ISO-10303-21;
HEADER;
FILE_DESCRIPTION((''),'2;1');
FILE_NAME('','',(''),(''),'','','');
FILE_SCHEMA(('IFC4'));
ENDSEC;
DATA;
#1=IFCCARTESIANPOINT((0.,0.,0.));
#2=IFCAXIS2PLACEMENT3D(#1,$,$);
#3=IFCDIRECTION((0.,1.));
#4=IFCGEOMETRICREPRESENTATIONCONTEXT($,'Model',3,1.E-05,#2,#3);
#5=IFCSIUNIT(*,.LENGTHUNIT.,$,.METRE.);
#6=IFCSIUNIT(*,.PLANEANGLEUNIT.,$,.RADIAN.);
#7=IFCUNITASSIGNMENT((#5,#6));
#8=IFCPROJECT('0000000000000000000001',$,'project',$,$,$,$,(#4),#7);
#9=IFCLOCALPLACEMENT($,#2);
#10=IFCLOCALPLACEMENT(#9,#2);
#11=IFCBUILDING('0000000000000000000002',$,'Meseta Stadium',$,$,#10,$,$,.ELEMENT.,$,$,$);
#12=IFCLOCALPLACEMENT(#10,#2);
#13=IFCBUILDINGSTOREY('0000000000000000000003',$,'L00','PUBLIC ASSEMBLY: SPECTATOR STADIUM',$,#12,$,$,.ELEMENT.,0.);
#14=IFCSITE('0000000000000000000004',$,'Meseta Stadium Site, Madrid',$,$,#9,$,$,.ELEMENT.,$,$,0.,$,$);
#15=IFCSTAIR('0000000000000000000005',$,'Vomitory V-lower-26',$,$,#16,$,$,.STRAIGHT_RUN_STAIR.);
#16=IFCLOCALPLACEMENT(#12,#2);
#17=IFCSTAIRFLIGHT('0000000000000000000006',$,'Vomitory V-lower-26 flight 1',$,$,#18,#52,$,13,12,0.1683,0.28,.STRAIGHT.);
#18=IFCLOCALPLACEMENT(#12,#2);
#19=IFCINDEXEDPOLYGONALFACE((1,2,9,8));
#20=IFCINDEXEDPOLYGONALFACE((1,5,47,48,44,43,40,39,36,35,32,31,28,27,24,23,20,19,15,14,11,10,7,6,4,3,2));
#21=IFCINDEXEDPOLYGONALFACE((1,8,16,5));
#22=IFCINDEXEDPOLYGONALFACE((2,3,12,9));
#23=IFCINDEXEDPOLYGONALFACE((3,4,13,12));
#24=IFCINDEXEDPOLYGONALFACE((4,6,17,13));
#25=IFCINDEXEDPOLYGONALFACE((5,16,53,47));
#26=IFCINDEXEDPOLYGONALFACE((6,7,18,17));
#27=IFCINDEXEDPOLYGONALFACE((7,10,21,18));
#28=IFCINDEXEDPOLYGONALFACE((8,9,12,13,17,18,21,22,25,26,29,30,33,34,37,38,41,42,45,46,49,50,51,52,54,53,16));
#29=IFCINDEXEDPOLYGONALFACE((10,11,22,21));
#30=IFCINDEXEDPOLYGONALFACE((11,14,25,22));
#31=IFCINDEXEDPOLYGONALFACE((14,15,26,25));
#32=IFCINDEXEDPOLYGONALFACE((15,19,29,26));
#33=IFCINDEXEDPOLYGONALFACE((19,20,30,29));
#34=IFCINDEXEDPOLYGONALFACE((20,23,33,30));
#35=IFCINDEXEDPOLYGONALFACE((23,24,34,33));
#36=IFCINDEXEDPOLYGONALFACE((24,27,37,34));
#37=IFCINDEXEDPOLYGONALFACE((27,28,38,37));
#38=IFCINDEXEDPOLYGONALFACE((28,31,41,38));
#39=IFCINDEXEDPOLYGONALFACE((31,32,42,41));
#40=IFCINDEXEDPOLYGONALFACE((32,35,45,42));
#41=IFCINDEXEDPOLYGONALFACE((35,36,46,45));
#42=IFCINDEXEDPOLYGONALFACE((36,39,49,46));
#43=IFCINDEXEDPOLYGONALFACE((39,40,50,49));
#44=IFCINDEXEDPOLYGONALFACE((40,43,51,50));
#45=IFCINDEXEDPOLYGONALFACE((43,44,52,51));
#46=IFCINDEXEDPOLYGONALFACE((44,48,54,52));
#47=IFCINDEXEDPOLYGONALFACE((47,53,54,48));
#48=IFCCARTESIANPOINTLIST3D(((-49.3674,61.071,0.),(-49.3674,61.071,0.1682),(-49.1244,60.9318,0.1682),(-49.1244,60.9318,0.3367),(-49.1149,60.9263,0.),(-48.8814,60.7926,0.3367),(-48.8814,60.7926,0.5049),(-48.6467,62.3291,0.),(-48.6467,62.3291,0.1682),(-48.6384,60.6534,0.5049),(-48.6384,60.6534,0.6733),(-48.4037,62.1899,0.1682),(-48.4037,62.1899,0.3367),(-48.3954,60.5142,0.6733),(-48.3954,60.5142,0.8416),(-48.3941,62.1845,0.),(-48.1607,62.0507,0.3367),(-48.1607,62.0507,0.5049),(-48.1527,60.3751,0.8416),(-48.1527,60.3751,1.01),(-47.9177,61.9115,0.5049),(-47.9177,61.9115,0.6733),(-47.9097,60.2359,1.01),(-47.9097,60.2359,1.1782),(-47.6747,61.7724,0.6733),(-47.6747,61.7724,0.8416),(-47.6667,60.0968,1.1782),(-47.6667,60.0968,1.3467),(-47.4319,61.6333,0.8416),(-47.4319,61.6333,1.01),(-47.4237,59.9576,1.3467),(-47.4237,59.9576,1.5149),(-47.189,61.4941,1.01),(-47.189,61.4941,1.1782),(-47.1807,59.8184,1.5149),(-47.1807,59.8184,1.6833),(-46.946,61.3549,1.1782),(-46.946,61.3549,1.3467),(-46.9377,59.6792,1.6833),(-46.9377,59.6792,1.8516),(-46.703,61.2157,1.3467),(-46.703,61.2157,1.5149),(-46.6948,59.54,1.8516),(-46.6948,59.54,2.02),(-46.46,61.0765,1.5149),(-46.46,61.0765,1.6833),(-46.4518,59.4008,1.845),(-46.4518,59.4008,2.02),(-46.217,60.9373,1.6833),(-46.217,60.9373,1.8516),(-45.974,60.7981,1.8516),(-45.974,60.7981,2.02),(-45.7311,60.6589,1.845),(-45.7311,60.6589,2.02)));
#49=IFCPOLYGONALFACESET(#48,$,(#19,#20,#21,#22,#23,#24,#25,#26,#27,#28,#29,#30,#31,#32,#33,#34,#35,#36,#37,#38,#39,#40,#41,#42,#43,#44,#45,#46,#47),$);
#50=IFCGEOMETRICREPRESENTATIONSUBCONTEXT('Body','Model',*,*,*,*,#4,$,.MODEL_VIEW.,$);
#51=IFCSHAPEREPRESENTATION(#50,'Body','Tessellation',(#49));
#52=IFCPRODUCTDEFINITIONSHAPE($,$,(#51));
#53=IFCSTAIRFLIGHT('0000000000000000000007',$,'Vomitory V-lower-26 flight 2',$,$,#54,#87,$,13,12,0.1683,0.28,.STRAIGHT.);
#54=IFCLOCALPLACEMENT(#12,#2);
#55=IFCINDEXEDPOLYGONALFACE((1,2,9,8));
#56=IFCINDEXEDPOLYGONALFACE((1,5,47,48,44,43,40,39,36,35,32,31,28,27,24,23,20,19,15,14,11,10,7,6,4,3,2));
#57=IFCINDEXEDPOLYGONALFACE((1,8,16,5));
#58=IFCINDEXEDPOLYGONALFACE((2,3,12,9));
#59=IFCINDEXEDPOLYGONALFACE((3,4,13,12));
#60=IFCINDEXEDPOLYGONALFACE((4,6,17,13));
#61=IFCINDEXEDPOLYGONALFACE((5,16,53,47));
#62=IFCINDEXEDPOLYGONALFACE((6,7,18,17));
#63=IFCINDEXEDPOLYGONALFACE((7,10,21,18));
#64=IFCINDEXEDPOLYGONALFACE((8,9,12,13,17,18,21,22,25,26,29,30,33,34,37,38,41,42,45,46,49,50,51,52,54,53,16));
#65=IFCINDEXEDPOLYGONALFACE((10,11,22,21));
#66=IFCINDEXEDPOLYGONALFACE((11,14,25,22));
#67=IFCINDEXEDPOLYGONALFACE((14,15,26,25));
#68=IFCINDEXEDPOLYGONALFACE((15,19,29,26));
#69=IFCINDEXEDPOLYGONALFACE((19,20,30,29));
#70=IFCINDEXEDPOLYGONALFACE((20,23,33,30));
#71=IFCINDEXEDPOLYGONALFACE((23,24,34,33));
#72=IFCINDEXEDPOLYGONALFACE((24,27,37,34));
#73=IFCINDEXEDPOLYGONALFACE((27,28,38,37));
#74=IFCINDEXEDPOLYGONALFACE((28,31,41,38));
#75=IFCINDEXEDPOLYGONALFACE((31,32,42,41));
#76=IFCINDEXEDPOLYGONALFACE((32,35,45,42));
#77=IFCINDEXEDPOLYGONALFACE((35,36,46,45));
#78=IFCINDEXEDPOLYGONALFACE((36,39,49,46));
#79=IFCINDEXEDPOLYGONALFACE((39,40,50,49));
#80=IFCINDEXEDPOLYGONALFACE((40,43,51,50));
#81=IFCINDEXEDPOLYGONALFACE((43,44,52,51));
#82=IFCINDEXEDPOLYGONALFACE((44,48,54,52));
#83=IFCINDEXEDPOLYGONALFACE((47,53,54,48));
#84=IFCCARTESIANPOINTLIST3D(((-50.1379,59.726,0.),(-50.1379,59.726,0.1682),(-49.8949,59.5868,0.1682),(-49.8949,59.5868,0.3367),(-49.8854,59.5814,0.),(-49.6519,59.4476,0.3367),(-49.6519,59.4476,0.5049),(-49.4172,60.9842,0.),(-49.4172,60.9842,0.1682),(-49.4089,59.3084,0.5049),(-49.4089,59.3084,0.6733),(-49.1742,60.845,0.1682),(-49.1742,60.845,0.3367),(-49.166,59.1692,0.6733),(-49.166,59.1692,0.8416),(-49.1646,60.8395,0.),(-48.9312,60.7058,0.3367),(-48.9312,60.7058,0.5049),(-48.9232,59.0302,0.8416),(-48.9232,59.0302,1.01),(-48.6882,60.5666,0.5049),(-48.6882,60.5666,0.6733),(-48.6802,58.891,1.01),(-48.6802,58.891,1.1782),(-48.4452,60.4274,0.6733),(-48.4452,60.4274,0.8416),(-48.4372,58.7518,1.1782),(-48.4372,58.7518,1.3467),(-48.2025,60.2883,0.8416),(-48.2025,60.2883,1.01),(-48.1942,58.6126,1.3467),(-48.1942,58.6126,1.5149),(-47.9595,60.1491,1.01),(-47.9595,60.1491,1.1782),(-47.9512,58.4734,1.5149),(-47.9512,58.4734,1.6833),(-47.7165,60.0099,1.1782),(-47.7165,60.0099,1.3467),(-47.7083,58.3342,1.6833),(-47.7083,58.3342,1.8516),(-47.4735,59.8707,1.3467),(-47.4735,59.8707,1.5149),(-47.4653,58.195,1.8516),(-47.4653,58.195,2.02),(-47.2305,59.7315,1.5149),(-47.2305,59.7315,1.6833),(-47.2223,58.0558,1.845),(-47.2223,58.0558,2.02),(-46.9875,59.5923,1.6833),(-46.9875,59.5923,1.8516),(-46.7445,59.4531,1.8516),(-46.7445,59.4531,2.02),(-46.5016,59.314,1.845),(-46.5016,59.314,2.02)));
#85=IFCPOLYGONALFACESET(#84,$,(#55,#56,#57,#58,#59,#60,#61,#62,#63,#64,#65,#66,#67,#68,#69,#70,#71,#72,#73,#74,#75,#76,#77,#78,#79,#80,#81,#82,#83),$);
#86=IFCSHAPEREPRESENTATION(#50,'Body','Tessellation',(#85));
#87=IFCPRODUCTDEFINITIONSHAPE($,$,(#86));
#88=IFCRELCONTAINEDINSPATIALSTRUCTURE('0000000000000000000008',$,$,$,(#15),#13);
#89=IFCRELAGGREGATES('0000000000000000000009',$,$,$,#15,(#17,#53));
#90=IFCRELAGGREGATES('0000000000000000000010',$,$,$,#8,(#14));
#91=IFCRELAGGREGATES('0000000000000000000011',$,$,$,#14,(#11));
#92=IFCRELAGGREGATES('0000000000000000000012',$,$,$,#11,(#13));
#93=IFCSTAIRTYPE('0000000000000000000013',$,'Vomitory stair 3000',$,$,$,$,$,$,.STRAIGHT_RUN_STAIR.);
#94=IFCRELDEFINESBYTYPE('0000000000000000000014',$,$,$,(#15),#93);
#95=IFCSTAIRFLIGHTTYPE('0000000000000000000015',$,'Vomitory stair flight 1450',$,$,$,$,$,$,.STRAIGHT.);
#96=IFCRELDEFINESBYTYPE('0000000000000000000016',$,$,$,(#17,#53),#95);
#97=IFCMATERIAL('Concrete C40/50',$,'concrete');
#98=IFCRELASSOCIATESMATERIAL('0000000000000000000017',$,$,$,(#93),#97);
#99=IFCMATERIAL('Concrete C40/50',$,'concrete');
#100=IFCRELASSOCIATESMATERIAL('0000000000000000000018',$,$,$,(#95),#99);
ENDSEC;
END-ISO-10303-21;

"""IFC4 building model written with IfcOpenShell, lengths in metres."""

from ifc_helpers import new_model, si_unit, direction, frame, origin, place, context, subcontext, project, spatial, polyline, outline, extrude, material, type_object, element, aggregate, save


model = new_model("IFC4")

# Units and contexts
model_context = context("Model", 3, precision=1e-05, world=origin(), true_north=direction((0.0, 1.0)))
body_context = subcontext(model_context, "Body", "Model", "MODEL_VIEW")
ifc_project = project(units=[si_unit("LENGTHUNIT", "METRE"), si_unit("PLANEANGLEUNIT", "RADIAN")], contexts=[model_context])

# Site, building, storey
site_placement = place(None, origin())
site = spatial("IfcSite", under=ifc_project, at=site_placement, Name="Meseta Stadium Site, Madrid", CompositionType="ELEMENT", RefElevation=0.0)
building_placement = place(site_placement, origin())
building = spatial("IfcBuilding", under=site, at=building_placement, Name="Meseta Stadium", CompositionType="ELEMENT")
storey_placement = place(building_placement, origin())
storey = spatial("IfcBuildingStorey", under=building, at=storey_placement, Name="L00", Description="PUBLIC ASSEMBLY: SPECTATOR STADIUM", CompositionType="ELEMENT", Elevation=0.0)

# Stair, stair flights
ifc_material_1 = material(Name="Concrete C40/50", Category="concrete")
stair_type = type_object("IfcStairType", Name="Vomitory stair 3000", PredefinedType="STRAIGHT_RUN_STAIR", material=ifc_material_1)
ifc_material_2 = material(Name="Concrete C40/50", Category="concrete")
stair_flight_type = type_object("IfcStairFlightType", Name="Vomitory stair flight 1450", PredefinedType="STRAIGHT", material=ifc_material_2)
stair_1_placement = place(storey_placement, origin())
stair_1 = element("IfcStair", 1, at=stair_1_placement, inside=storey, type_object=stair_type, Name="Vomitory V-lower-26", PredefinedType="STRAIGHT_RUN_STAIR")
stair_flight_1_placement = place(storey_placement, frame((-49.0071, 61.7, 0.0), z_axis=(0.0, 0.0, 1.0), x_axis=(0.867712, -0.497068, 0.0)))
stair_flight_1 = element("IfcStairFlight", 2, at=stair_flight_1_placement, type_object=stair_flight_type, Name="Vomitory V-lower-26 flight 1", NumberOfRisers=13, NumberOfTreads=12, PredefinedType="STRAIGHT", RiserHeight=0.1683, TreadLength=0.28, context=body_context, shape_type="SweptSolid", body=[
    extrude(outline(polyline([(0.0, 0.0), (0.0, 0.1682), (0.28, 0.1682), (0.28, 0.3367), (0.5601, 0.3367), (0.5601, 0.5049), (0.8401, 0.5049), (0.8401, 0.6733), (1.1201, 0.6733), (1.1201, 0.8416), (1.3999, 0.8416), (1.3999, 1.01), (1.6799, 1.01), (1.6799, 1.1782), (1.96, 1.1782), (1.96, 1.3467), (2.24, 1.3467), (2.24, 1.5149), (2.52, 1.5149), (2.52, 1.6833), (2.8, 1.6833), (2.8, 1.8516), (3.0801, 1.8516), (3.0801, 2.02), (3.3601, 2.02), (3.3601, 1.845), (0.291, 0.0), (0.0, 0.0)])), frame((0.0, 0.7251, 0.0), z_axis=(0.0, -1.0, 0.0), x_axis=(1.0, 0.0, 0.0)), (0.0, 0.0, 1.0), 1.45),
])
stair_flight_2_placement = place(storey_placement, frame((-49.7776, 60.355, 0.0), z_axis=(0.0, 0.0, 1.0), x_axis=(0.867712, -0.497068, 0.0)))
stair_flight_2 = element("IfcStairFlight", 3, at=stair_flight_2_placement, type_object=stair_flight_type, Name="Vomitory V-lower-26 flight 2", NumberOfRisers=13, NumberOfTreads=12, PredefinedType="STRAIGHT", RiserHeight=0.1683, TreadLength=0.28, context=body_context, shape_type="SweptSolid", body=[
    extrude(outline(polyline([(0.0, 0.0), (0.0, 0.1682), (0.28, 0.1682), (0.28, 0.3367), (0.5601, 0.3367), (0.5601, 0.5049), (0.8401, 0.5049), (0.8401, 0.6733), (1.1201, 0.6733), (1.1201, 0.8416), (1.3999, 0.8416), (1.3999, 1.01), (1.6799, 1.01), (1.6799, 1.1782), (1.96, 1.1782), (1.96, 1.3467), (2.24, 1.3467), (2.24, 1.5149), (2.52, 1.5149), (2.52, 1.6833), (2.8, 1.6833), (2.8, 1.8516), (3.0801, 1.8516), (3.0801, 2.02), (3.3601, 2.02), (3.3601, 1.845), (0.291, 0.0), (0.0, 0.0)])), frame((0.0, 0.7251, 0.0), z_axis=(0.0, -1.0, 0.0), x_axis=(1.0, 0.0, 0.0)), (0.0, 0.0, 1.0), 1.45),
])
aggregate(stair_1, [stair_flight_1, stair_flight_2])

save(model, "model.ifc")
